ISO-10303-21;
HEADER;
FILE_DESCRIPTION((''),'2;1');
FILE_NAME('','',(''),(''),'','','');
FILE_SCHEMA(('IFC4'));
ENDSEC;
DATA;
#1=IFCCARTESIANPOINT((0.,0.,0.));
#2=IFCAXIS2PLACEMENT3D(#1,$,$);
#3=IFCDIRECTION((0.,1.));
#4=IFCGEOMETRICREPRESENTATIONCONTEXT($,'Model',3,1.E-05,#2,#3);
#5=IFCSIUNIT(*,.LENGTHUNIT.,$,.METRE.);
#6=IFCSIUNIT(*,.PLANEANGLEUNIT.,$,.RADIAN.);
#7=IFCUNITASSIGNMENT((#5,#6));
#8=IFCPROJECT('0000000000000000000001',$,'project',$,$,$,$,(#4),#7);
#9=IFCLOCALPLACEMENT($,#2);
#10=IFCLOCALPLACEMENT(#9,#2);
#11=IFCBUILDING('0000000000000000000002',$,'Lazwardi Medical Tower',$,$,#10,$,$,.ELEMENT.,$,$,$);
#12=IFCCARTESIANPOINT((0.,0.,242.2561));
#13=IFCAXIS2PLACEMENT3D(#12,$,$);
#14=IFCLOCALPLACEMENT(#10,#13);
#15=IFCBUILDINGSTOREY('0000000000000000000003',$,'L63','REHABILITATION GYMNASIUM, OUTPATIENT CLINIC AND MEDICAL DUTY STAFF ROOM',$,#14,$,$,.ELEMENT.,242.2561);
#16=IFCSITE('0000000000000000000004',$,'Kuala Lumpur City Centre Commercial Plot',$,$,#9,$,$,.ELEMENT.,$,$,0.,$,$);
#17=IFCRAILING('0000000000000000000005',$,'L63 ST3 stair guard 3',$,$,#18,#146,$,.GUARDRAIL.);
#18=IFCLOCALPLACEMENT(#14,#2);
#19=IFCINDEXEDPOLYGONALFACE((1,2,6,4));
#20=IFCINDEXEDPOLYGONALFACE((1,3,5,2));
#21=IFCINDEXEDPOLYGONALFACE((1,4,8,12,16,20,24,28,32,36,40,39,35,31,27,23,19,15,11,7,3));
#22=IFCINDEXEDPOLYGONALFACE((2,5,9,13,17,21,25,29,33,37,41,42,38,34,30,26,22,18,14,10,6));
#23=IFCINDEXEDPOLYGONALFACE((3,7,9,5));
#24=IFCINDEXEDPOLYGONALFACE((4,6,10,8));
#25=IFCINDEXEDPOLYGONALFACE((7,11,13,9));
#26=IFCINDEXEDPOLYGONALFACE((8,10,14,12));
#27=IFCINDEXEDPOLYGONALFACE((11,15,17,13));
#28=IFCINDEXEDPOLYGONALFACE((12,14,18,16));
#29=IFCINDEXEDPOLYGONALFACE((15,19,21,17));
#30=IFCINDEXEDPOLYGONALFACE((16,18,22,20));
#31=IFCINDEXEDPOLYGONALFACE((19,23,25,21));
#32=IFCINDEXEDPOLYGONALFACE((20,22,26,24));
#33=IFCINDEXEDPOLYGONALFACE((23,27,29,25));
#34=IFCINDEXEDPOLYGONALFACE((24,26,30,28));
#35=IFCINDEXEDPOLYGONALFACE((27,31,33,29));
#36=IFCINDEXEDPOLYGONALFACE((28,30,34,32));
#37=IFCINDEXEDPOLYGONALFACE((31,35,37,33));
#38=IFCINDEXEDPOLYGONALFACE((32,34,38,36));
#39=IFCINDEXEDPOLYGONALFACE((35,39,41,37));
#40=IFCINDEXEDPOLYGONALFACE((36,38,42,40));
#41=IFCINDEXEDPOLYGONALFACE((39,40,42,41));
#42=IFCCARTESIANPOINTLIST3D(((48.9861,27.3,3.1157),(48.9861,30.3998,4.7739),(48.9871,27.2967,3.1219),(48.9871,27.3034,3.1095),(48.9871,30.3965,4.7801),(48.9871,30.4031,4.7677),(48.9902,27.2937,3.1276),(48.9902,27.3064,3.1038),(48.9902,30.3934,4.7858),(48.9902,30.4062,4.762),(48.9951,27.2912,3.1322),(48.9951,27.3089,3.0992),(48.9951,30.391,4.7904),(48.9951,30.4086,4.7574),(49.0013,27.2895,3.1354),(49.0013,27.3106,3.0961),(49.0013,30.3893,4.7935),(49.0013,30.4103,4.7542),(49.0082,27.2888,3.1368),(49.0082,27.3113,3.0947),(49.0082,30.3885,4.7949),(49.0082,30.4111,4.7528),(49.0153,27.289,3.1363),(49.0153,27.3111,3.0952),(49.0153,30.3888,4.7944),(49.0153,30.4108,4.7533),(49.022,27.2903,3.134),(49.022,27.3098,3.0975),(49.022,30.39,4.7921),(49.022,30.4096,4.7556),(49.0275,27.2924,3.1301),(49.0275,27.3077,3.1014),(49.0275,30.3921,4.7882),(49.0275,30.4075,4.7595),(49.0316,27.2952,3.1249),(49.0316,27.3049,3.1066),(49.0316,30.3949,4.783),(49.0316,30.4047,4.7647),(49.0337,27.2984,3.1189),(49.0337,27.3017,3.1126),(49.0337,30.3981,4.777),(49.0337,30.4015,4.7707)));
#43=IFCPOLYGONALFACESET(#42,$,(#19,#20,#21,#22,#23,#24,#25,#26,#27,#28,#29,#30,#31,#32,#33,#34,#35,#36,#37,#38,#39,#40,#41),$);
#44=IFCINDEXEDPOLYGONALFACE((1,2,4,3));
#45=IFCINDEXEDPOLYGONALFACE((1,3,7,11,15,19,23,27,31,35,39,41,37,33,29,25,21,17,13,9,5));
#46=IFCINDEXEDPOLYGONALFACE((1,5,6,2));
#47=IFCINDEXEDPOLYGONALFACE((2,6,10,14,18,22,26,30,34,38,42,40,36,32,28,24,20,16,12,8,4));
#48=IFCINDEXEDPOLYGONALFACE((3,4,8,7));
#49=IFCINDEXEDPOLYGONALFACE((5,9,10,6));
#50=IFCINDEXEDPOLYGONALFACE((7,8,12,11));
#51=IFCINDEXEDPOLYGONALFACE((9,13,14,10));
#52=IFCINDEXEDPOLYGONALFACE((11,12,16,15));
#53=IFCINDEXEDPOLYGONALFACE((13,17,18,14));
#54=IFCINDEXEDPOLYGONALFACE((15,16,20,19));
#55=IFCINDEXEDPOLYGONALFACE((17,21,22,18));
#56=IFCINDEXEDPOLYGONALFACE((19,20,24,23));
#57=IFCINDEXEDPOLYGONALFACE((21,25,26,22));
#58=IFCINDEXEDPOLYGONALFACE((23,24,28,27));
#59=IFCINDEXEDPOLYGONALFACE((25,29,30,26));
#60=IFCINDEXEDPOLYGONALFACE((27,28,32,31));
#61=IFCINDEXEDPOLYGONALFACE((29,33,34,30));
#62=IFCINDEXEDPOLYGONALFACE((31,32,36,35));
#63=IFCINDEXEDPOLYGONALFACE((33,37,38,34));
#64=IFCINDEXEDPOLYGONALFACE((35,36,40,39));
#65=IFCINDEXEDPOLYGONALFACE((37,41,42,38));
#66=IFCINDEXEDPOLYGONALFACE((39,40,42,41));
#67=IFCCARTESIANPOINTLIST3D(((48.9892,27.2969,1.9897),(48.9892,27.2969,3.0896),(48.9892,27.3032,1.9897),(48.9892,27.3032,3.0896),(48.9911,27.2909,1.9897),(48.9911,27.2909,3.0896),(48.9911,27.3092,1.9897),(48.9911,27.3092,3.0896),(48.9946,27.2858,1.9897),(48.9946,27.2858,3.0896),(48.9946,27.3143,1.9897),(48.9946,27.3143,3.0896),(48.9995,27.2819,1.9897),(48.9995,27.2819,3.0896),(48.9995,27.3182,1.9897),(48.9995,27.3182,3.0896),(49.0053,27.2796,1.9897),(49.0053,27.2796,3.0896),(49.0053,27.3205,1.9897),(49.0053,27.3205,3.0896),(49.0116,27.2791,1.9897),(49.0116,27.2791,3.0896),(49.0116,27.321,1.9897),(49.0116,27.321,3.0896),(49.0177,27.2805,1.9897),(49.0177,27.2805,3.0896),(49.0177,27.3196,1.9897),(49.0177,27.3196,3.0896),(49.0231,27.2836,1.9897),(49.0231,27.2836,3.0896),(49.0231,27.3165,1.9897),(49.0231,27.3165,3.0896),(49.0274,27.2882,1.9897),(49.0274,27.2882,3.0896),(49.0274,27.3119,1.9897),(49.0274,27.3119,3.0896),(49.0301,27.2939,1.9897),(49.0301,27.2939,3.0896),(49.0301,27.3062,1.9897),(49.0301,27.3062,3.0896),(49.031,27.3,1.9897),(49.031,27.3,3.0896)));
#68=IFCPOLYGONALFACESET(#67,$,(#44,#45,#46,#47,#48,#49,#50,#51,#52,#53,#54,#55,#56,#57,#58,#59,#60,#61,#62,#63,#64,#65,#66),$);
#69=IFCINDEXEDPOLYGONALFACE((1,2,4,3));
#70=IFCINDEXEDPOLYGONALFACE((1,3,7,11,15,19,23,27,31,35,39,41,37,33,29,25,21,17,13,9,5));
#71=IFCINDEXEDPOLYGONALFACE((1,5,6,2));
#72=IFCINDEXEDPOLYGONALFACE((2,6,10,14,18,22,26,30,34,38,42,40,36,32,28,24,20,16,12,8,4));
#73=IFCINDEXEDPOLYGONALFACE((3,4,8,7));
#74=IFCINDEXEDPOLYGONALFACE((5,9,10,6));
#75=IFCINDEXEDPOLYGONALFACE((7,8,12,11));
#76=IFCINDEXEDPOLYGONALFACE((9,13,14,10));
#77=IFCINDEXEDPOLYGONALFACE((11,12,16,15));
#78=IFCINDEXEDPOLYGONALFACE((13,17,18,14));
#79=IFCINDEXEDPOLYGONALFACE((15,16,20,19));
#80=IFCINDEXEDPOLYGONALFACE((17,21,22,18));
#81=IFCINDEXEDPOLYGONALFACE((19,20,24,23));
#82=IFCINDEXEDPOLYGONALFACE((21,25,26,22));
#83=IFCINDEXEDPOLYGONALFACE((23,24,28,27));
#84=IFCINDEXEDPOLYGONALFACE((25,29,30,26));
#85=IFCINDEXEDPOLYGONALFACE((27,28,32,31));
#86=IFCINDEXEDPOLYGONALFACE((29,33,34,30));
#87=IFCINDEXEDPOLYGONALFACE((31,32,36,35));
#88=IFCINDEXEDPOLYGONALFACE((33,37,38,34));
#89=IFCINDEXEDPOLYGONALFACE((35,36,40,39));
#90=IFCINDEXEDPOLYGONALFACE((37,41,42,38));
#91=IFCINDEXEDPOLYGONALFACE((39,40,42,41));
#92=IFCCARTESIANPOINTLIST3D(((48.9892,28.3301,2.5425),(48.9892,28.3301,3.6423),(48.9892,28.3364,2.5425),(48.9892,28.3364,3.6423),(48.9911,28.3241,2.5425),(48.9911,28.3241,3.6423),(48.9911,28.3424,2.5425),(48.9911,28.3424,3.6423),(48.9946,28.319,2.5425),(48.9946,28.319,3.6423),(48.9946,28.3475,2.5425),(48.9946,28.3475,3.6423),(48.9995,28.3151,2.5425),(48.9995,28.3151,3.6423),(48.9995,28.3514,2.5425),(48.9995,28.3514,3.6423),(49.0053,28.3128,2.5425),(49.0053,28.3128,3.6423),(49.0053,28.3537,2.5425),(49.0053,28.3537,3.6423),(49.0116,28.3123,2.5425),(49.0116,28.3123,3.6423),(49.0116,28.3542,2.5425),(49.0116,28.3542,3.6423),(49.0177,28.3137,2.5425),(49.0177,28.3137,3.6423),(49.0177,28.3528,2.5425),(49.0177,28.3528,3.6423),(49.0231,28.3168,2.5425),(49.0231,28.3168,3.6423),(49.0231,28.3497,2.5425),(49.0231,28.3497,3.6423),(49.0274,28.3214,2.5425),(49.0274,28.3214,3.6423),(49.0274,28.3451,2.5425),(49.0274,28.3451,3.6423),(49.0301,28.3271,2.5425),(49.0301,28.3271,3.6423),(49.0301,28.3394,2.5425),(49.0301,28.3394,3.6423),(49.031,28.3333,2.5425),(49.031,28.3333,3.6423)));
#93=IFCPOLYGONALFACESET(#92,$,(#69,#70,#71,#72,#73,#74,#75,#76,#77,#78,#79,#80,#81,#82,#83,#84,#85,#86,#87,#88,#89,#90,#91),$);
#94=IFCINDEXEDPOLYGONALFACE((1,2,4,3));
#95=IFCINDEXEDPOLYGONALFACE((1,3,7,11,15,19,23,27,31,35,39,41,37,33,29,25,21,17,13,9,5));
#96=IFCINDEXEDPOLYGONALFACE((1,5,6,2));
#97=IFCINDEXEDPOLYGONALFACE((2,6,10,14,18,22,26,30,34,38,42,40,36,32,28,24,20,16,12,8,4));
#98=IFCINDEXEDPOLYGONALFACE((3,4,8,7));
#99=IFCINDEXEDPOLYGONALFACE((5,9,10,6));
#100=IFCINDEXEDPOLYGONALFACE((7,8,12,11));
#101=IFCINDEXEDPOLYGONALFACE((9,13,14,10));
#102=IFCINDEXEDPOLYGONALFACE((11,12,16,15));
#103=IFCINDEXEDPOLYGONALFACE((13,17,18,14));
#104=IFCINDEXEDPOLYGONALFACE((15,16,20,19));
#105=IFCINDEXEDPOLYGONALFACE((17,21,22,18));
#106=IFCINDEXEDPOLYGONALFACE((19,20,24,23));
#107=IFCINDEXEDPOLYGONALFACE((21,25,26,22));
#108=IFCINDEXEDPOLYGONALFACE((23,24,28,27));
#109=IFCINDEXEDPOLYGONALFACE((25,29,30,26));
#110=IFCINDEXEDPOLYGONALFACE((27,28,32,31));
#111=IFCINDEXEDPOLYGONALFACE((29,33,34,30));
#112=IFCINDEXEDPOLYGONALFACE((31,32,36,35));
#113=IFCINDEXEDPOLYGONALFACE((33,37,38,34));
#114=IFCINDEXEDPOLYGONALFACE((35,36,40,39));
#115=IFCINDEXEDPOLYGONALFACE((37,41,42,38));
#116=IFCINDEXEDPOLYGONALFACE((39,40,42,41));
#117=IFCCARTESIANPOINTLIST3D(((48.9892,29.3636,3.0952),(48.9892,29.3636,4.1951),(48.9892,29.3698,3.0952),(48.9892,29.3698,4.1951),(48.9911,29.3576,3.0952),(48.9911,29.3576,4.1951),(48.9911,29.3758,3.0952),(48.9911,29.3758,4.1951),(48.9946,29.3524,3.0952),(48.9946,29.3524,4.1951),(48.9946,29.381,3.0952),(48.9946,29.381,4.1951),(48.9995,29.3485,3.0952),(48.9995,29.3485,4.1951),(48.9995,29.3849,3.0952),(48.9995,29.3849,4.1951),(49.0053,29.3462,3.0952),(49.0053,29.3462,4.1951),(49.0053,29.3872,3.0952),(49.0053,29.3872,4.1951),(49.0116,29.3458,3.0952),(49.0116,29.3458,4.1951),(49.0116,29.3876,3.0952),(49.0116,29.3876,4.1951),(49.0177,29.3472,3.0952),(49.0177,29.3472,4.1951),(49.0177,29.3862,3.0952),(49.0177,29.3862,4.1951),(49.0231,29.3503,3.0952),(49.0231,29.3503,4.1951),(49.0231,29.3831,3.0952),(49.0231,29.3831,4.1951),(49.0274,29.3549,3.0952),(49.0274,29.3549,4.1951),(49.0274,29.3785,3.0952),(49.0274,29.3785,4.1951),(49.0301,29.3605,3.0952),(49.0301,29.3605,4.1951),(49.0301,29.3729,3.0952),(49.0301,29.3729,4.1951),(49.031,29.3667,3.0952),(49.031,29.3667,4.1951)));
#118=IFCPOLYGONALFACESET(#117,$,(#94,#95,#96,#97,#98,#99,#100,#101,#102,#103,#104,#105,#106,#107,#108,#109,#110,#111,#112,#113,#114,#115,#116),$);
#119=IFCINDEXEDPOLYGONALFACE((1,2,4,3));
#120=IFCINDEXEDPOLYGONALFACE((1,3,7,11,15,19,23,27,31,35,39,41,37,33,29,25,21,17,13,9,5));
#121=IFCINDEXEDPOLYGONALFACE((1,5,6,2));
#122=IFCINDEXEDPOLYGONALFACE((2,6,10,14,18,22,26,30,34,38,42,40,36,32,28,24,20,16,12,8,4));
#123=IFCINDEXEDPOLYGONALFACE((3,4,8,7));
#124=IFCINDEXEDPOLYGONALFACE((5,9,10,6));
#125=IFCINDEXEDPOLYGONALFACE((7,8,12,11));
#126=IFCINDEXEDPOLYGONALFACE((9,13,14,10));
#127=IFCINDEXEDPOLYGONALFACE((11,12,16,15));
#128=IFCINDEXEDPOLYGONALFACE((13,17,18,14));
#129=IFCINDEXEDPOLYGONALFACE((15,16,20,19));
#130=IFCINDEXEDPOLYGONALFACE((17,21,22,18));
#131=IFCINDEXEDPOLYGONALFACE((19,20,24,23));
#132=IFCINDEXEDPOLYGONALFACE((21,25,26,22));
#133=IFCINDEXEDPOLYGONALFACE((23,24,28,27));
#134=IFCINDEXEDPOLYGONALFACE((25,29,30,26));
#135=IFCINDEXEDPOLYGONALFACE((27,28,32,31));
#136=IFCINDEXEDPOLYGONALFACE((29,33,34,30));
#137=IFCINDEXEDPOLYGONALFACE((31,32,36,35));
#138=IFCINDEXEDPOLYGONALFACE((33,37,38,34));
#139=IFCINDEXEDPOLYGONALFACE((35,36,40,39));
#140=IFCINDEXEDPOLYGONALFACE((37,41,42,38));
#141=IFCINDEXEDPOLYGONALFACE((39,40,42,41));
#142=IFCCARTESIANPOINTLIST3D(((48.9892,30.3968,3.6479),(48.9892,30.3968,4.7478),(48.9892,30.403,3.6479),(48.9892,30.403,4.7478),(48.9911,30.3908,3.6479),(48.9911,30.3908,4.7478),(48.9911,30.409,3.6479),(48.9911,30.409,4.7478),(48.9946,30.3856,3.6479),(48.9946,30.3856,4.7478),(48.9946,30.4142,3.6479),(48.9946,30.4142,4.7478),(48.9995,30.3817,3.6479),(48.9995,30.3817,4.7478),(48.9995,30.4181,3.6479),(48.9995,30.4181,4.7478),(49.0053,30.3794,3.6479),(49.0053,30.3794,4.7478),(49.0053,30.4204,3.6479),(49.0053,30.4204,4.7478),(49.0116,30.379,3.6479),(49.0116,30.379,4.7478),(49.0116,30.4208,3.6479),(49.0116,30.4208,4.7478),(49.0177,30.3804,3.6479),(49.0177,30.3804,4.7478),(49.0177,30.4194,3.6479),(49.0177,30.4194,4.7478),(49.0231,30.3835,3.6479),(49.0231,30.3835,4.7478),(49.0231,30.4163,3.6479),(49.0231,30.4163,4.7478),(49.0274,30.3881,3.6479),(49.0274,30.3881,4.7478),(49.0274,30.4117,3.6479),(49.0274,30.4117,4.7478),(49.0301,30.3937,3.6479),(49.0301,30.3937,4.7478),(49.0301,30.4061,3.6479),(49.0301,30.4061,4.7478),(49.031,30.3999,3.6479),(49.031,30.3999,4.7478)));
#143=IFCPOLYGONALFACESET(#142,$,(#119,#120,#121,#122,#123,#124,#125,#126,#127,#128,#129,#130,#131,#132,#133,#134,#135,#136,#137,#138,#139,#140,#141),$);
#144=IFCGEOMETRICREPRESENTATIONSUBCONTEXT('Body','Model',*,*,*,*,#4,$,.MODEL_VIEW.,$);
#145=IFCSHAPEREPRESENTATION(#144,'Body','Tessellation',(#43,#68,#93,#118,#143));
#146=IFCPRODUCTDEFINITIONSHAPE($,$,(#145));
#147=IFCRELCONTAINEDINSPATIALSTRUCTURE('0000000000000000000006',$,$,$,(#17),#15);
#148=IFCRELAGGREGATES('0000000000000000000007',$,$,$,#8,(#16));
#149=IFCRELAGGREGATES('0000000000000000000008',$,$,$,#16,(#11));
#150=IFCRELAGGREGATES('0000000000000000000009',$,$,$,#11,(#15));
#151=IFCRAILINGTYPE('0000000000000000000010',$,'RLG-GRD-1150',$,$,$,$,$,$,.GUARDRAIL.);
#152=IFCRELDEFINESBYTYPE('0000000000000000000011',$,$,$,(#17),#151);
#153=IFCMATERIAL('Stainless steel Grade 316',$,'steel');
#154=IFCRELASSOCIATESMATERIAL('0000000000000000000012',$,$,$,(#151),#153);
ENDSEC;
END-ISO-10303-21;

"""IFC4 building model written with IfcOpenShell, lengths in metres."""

from ifc_helpers import new_model, si_unit, direction, frame, origin, origin_2d, place, context, subcontext, project, spatial, circle, extrude, material, type_object, element, save


model = new_model("IFC4")

# Units and contexts
model_context = context("Model", 3, precision=1e-05, world=origin(), true_north=direction((0.0, 1.0)))
body_context = subcontext(model_context, "Body", "Model", "MODEL_VIEW")
ifc_project = project(units=[si_unit("LENGTHUNIT", "METRE"), si_unit("PLANEANGLEUNIT", "RADIAN")], contexts=[model_context])

# Site, building, storey
site_placement = place(None, origin())
site = spatial("IfcSite", under=ifc_project, at=site_placement, Name="Kuala Lumpur City Centre Commercial Plot", CompositionType="ELEMENT", RefElevation=0.0)
building_placement = place(site_placement, origin())
building = spatial("IfcBuilding", under=site, at=building_placement, Name="Lazwardi Medical Tower", CompositionType="ELEMENT")
storey_placement = place(building_placement, frame((0.0, 0.0, 242.2561)))
storey = spatial("IfcBuildingStorey", under=building, at=storey_placement, Name="L63", Description="REHABILITATION GYMNASIUM, OUTPATIENT CLINIC AND MEDICAL DUTY STAFF ROOM", CompositionType="ELEMENT", Elevation=242.2561)

# Railing
ifc_material_1 = material(Name="Stainless steel Grade 316", Category="steel")
railing_type_1 = type_object("IfcRailingType", Name="RLG-GRD-1150", PredefinedType="GUARDRAIL", material=ifc_material_1)
railing_1_placement = place(storey_placement, frame((49.01, 27.3, 1.9897)))
element("IfcRailing", 1, at=railing_1_placement, inside=storey, type_object=railing_type_1, Name="L63 ST3 stair guard 3", PredefinedType="GUARDRAIL", context=body_context, shape_type="SweptSolid", body=[
    extrude(circle(Radius=0.0239, at=origin_2d()), frame((0.0, 0.0, 1.126), z_axis=(0.0, 0.881768, 0.471684), x_axis=(-1.0, 0.0, 0.0)), (0.0, 0.0, 1.0), 3.5154),
    extrude(circle(Radius=0.021, at=origin_2d()), origin(), (0.0, 0.0, 1.0), 1.0999),
    extrude(circle(Radius=0.021, at=origin_2d()), frame((0.0, 1.0332, 0.5527)), (0.0, 0.0, 1.0), 1.0999),
    extrude(circle(Radius=0.021, at=origin_2d()), frame((0.0, 2.0667, 1.1055)), (0.0, 0.0, 1.0), 1.0999),
    extrude(circle(Radius=0.021, at=origin_2d()), frame((0.0, 3.0999, 1.6582)), (0.0, 0.0, 1.0), 1.0999),
])

save(model, "model.ifc")
